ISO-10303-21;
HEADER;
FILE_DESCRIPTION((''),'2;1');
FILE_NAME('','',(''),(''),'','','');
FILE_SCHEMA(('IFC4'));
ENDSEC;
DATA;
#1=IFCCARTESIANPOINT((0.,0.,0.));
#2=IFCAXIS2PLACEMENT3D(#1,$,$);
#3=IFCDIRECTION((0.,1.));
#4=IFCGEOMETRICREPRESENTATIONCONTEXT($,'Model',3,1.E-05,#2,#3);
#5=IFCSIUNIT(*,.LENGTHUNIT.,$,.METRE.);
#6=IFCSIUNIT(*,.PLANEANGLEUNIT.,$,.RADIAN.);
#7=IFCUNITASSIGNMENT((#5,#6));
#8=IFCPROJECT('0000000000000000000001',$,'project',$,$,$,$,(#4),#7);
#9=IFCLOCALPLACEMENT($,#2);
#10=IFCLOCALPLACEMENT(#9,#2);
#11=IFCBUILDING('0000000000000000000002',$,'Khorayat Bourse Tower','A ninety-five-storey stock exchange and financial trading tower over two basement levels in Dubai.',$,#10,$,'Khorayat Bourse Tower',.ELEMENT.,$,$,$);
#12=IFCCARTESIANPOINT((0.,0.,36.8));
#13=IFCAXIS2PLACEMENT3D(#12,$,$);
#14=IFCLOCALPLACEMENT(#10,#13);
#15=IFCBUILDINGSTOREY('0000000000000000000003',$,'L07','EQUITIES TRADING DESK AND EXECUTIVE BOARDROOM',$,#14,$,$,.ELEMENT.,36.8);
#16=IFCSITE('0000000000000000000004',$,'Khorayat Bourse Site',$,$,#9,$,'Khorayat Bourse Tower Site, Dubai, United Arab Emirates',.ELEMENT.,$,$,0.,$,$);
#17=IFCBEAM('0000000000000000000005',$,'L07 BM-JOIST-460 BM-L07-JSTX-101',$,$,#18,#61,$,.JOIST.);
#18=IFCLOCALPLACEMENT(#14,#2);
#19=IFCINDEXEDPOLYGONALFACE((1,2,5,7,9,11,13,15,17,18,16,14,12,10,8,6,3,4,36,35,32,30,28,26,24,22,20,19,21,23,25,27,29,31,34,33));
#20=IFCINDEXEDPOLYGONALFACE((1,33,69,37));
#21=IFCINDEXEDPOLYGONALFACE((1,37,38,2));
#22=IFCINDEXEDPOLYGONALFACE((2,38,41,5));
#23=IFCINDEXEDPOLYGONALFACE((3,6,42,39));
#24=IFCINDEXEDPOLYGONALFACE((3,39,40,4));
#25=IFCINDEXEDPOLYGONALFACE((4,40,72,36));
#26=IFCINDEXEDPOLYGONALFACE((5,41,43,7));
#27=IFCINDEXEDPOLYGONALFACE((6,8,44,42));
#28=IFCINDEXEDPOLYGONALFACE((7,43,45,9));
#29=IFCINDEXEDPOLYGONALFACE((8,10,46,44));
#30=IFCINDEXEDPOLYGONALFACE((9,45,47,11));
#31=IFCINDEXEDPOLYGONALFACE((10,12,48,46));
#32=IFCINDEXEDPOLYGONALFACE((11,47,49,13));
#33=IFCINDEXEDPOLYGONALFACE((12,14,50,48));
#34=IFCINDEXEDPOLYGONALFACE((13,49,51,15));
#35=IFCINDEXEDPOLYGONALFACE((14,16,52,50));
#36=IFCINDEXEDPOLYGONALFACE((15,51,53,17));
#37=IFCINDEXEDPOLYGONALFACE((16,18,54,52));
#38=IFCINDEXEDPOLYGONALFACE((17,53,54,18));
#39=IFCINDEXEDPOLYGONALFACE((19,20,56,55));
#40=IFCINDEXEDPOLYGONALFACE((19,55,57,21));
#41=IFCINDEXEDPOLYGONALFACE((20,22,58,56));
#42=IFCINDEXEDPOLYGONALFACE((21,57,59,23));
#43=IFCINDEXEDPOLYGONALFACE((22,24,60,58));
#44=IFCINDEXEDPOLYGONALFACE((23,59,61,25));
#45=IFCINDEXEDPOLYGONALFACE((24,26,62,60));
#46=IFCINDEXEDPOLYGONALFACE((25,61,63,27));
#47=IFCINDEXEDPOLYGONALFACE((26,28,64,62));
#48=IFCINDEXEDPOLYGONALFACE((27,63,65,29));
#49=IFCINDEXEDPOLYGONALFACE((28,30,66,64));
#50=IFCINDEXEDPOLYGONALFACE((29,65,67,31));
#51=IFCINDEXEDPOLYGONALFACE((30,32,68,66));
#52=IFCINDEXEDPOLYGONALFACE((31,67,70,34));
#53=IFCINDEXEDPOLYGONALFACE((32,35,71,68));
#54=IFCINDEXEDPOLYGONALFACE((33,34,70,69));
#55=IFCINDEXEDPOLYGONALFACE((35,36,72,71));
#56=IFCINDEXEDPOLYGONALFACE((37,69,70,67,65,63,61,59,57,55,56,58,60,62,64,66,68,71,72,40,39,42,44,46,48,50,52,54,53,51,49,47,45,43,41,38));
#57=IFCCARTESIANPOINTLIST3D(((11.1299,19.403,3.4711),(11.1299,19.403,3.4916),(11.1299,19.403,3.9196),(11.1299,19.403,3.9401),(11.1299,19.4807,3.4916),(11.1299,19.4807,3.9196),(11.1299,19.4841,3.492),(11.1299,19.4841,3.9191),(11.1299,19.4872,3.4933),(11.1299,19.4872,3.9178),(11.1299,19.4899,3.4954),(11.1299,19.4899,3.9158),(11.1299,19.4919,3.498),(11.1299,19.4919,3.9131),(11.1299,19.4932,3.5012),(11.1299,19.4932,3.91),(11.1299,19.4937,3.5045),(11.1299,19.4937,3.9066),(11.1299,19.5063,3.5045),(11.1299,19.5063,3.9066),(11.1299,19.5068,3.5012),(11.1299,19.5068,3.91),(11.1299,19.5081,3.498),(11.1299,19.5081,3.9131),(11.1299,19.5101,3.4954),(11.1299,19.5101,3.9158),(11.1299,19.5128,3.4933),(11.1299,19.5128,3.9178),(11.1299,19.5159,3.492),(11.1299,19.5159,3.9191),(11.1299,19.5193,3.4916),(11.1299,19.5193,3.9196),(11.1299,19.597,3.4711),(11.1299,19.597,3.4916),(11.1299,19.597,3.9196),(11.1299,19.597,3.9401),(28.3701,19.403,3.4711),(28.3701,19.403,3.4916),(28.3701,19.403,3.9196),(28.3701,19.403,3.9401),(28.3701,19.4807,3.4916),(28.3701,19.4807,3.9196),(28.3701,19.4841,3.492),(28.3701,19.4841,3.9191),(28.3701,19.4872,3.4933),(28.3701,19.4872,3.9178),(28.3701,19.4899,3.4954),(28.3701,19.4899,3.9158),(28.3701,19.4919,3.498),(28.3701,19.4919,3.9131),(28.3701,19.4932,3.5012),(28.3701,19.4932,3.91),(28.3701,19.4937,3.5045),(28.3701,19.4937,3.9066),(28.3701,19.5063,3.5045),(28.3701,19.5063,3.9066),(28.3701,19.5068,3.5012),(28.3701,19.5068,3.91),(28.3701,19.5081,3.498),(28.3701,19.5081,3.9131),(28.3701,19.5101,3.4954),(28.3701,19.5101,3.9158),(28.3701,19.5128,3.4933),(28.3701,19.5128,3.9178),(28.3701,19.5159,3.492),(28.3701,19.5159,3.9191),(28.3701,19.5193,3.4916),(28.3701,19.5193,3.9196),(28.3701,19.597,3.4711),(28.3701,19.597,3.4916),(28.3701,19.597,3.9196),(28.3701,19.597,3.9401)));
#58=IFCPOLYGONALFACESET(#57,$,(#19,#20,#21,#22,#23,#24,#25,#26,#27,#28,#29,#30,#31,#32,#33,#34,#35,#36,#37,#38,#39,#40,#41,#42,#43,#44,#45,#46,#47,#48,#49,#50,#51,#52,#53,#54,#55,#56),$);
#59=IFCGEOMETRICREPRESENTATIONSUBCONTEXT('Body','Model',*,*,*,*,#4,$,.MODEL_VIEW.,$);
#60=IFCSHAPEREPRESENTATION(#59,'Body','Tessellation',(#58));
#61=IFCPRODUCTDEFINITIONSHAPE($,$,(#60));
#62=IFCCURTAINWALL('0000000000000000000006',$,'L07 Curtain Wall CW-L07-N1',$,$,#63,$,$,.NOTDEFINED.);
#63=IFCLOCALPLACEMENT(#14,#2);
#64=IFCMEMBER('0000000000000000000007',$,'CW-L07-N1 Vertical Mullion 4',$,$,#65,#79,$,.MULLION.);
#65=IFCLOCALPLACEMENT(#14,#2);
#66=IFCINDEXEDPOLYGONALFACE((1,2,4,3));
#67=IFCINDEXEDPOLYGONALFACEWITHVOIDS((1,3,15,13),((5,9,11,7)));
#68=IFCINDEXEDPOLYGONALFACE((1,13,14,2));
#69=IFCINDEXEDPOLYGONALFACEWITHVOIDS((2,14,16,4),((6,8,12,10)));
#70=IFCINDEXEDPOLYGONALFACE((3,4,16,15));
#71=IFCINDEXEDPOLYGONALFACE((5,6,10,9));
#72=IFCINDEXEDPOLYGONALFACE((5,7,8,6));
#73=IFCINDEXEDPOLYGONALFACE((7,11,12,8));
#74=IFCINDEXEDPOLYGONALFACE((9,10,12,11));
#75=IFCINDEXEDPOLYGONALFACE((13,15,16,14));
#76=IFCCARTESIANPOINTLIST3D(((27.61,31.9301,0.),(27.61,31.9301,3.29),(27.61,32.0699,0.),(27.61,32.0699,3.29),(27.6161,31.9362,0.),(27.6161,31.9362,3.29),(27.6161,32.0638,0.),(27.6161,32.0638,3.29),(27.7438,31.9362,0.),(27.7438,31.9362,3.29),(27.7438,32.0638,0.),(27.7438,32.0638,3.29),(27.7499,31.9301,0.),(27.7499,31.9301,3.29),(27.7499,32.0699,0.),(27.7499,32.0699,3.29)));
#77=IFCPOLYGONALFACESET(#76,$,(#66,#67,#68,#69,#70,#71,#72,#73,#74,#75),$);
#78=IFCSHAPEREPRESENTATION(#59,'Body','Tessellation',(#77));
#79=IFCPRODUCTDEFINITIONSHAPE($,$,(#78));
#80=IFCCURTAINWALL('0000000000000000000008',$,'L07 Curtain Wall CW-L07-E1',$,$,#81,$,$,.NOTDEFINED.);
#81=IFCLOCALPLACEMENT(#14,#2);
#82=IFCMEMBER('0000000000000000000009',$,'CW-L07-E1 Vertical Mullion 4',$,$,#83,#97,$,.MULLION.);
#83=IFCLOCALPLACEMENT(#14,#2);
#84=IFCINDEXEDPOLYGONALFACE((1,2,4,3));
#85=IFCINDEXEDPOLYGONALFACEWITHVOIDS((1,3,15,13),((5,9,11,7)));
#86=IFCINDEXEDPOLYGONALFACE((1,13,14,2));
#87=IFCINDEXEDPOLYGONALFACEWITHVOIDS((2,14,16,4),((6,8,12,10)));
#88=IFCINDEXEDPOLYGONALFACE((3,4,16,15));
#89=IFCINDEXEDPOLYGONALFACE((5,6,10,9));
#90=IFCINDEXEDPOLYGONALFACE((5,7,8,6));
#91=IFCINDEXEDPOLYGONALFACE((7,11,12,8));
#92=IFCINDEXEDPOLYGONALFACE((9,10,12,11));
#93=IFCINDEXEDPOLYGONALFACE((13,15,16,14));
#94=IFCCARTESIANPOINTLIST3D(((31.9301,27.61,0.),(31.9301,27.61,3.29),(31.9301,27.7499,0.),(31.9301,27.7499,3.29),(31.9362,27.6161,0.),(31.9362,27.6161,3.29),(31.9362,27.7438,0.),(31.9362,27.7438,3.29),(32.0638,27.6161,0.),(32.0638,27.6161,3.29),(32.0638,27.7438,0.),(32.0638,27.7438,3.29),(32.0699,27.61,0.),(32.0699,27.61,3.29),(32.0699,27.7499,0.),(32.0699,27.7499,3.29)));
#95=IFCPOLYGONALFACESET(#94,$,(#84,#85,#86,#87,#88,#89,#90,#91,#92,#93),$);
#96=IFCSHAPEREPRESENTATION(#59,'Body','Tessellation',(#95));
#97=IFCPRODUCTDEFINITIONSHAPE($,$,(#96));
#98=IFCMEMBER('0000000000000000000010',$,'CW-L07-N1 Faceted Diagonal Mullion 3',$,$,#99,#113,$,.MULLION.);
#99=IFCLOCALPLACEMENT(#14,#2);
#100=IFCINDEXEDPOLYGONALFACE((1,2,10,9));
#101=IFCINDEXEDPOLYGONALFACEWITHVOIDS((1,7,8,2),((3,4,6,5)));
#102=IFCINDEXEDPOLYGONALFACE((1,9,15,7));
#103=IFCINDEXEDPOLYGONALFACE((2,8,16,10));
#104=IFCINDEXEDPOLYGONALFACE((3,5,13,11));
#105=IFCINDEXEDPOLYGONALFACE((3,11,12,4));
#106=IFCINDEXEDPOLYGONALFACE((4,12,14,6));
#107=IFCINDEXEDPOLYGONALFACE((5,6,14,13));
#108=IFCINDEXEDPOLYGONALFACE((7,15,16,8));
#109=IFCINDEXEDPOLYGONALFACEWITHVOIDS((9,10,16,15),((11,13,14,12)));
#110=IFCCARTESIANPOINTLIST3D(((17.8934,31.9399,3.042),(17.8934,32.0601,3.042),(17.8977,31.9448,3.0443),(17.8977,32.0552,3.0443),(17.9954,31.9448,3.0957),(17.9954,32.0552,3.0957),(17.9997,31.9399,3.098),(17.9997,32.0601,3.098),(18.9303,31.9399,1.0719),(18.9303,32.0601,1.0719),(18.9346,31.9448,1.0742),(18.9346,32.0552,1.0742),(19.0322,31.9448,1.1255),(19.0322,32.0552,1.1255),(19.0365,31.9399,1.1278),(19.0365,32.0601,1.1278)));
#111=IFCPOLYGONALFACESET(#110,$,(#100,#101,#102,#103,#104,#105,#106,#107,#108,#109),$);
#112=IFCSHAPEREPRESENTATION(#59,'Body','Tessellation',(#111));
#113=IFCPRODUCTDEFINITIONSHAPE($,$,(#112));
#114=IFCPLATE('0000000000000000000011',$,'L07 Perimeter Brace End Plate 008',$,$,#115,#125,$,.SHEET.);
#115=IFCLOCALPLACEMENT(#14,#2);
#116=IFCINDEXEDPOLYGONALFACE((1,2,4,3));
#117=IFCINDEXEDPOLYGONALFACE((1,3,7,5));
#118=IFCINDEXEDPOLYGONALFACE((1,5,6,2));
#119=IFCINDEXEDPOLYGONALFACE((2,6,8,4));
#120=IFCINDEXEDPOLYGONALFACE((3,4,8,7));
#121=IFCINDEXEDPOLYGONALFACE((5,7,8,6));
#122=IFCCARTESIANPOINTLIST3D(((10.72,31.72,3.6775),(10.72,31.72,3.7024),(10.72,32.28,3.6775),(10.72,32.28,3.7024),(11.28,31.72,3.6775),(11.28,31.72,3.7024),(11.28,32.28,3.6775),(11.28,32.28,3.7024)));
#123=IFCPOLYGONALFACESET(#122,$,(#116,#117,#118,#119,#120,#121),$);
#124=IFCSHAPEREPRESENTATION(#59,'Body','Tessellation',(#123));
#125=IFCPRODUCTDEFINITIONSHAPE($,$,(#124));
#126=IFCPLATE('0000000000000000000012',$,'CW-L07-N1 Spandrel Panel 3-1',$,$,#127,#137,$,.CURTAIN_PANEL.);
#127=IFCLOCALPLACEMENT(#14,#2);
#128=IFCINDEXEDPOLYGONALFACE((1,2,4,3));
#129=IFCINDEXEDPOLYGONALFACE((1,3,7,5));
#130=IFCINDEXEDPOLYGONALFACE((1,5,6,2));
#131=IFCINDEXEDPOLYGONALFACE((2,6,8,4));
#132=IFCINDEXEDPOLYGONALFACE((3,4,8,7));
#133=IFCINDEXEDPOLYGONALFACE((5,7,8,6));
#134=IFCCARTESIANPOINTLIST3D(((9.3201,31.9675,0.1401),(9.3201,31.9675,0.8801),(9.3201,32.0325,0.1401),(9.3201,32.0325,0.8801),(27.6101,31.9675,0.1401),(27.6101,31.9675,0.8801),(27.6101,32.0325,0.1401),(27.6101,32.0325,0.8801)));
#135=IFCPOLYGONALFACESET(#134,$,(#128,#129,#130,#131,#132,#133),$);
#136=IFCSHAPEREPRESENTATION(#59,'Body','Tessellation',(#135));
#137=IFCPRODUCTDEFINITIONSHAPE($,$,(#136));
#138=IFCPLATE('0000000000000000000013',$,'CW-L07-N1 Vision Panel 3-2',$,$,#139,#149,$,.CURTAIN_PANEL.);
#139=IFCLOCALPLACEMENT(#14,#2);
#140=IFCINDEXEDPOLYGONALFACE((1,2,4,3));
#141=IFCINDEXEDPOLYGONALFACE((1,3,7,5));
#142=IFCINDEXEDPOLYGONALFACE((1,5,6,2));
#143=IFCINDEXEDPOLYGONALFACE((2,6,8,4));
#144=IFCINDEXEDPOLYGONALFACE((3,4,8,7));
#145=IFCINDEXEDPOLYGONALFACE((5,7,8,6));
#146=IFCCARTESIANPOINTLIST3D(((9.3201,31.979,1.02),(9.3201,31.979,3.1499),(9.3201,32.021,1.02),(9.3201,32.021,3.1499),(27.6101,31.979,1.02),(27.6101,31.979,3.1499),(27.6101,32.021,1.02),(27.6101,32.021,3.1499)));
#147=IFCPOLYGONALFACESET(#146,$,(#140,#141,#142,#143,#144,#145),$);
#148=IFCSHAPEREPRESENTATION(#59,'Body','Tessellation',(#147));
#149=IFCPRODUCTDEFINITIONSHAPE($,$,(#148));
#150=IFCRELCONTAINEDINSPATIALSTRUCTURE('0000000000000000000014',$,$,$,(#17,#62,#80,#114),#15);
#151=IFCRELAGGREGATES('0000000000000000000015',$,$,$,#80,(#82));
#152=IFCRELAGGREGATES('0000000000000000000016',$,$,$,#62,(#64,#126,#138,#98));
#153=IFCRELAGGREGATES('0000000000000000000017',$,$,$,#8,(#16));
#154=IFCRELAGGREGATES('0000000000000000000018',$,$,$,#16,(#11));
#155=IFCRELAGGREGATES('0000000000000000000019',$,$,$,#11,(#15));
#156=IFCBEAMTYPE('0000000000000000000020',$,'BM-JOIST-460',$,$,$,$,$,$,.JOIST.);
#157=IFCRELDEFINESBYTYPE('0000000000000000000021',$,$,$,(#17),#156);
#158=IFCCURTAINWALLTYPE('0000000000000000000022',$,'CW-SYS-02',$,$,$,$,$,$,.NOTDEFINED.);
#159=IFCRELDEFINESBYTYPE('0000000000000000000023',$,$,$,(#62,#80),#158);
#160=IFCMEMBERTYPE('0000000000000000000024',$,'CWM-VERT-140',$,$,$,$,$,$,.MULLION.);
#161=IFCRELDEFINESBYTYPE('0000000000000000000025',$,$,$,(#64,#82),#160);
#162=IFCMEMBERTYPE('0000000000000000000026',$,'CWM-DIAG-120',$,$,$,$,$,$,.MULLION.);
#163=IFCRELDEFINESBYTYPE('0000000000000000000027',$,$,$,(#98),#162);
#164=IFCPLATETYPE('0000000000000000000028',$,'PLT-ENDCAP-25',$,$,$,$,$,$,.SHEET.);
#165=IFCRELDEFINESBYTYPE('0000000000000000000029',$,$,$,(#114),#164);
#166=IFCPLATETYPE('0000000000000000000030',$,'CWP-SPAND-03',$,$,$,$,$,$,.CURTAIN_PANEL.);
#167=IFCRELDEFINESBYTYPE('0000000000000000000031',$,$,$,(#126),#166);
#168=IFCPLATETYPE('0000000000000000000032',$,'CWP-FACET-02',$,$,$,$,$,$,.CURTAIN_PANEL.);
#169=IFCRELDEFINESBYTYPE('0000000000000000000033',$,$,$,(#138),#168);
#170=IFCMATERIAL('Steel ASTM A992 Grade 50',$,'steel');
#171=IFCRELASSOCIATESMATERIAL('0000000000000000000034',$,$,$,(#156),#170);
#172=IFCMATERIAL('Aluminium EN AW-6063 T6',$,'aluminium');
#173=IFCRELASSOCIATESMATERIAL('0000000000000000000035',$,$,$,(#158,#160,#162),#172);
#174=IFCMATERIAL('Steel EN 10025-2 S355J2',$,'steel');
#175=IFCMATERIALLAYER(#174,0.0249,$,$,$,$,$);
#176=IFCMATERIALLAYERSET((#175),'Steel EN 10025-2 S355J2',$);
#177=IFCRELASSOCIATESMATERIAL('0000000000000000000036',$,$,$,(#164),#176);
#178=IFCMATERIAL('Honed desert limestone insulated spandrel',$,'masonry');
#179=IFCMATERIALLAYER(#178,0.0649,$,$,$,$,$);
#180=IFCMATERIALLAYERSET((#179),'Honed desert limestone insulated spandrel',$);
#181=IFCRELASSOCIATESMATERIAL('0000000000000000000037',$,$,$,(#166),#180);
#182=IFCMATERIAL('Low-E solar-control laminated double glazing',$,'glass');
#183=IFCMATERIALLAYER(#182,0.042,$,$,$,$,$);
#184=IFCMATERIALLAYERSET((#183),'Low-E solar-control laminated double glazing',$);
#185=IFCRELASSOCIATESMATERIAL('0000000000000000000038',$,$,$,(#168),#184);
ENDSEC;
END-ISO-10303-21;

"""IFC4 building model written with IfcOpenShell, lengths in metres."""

from ifc_helpers import new_model, si_unit, direction, frame, origin, origin_2d, place, context, subcontext, project, spatial, rectangle, hollow_rectangle, i_section, extrude, source, transform, mapped, material, layer, layer_set, material_profile, profile_set, type_object, element, aggregate, save


model = new_model("IFC4")

# Units and contexts
model_context = context("Model", 3, precision=1e-05, world=origin(), true_north=direction((0.0, 1.0)))
body_context = subcontext(model_context, "Body", "Model", "MODEL_VIEW")
ifc_project = project(units=[si_unit("LENGTHUNIT", "METRE"), si_unit("PLANEANGLEUNIT", "RADIAN")], contexts=[model_context])

# Site, building, storey
site_placement = place(None, origin())
site = spatial("IfcSite", under=ifc_project, at=site_placement, Name="Khorayat Bourse Site", LongName="Khorayat Bourse Tower Site, Dubai, United Arab Emirates", CompositionType="ELEMENT", RefElevation=0.0)
building_placement = place(site_placement, origin())
building = spatial("IfcBuilding", under=site, at=building_placement, Name="Khorayat Bourse Tower", Description="A ninety-five-storey stock exchange and financial trading tower over two basement levels in Dubai.", LongName="Khorayat Bourse Tower", CompositionType="ELEMENT")
storey_placement = place(building_placement, frame((0.0, 0.0, 36.8)))
storey = spatial("IfcBuildingStorey", under=building, at=storey_placement, Name="L07", Description="EQUITIES TRADING DESK AND EXECUTIVE BOARDROOM", CompositionType="ELEMENT", Elevation=36.8)

# Beam
ifc_material_1 = material(Name="Steel ASTM A992 Grade 50", Category="steel")
ifc_material_profile_1 = material_profile(ifc_material_1, i_section(OverallWidth=0.1941, OverallDepth=0.469, WebThickness=0.0127, FlangeThickness=0.0205, FilletRadius=0.0129, at=origin_2d()), Name="W460X106")
ifc_profile_set_1 = profile_set([ifc_material_profile_1], Name="Steel ASTM A992 Grade 50")
beam_type_1 = type_object("IfcBeamType", Name="BM-JOIST-460", PredefinedType="JOIST", material=ifc_profile_set_1)
shared_shape_1 = source(origin(), body_context, "Body", "SweptSolid", [
    extrude(i_section(OverallWidth=0.1941, OverallDepth=0.469, WebThickness=0.0127, FlangeThickness=0.0205, FilletRadius=0.0129, at=origin_2d()), origin(), (0.0, 0.0, 1.0), 17.2402),
])
beam_1_placement = place(storey_placement, frame((11.1299, 19.5, 3.7056), z_axis=(1.0, 0.0, 0.0), x_axis=(0.0, 1.0, 0.0)))
element("IfcBeam", 1, at=beam_1_placement, inside=storey, type_object=beam_type_1, Name="L07 BM-JOIST-460 BM-L07-JSTX-101", PredefinedType="JOIST", context=body_context, shape_type="MappedRepresentation", body=[
    mapped(shared_shape_1, transform((0.0, 0.0, 0.0), scale=1.0)),
])

# Curtain walls, members
ifc_material_2 = material(Name="Aluminium EN AW-6063 T6", Category="aluminium")
curtain_wall_type = type_object("IfcCurtainWallType", Name="CW-SYS-02", PredefinedType="NOTDEFINED", material=ifc_material_2)
curtain_wall_1_placement = place(storey_placement, origin())
curtain_wall_1 = element("IfcCurtainWall", 2, at=curtain_wall_1_placement, inside=storey, type_object=curtain_wall_type, Name="L07 Curtain Wall CW-L07-N1", PredefinedType="NOTDEFINED")
ifc_material_profile_2 = material_profile(ifc_material_2, hollow_rectangle(XDim=0.1399, YDim=0.1399, WallThickness=0.0061, at=origin_2d()), Name="ALU 140x140x6")
ifc_profile_set_2 = profile_set([ifc_material_profile_2], Name="Aluminium EN AW-6063 T6")
member_type_1 = type_object("IfcMemberType", Name="CWM-VERT-140", PredefinedType="MULLION", material=ifc_profile_set_2)
shared_shape_2 = source(origin(), body_context, "Body", "SweptSolid", [
    extrude(hollow_rectangle(XDim=0.1399, YDim=0.1399, WallThickness=0.0061, at=origin_2d()), origin(), (0.0, 0.0, 1.0), 3.29),
])
member_1_placement = place(storey_placement, frame((27.6799, 32.0, 0.0), z_axis=(0.0, 0.0, 1.0), x_axis=(0.0, 1.0, 0.0)))
member_1 = element("IfcMember", 3, at=member_1_placement, type_object=member_type_1, Name="CW-L07-N1 Vertical Mullion 4", PredefinedType="MULLION", context=body_context, shape_type="MappedRepresentation", body=[
    mapped(shared_shape_2, transform((0.0, 0.0, 0.0), scale=1.0)),
])
curtain_wall_2_placement = place(storey_placement, origin())
curtain_wall_2 = element("IfcCurtainWall", 4, at=curtain_wall_2_placement, inside=storey, type_object=curtain_wall_type, Name="L07 Curtain Wall CW-L07-E1", PredefinedType="NOTDEFINED")
member_2_placement = place(storey_placement, frame((32.0, 27.6799, 0.0), z_axis=(0.0, 0.0, 1.0), x_axis=(-1.0, 0.0, 0.0)))
member_2 = element("IfcMember", 5, at=member_2_placement, type_object=member_type_1, Name="CW-L07-E1 Vertical Mullion 4", PredefinedType="MULLION", context=body_context, shape_type="MappedRepresentation", body=[
    mapped(shared_shape_2, transform((0.0, 0.0, 0.0), scale=1.0)),
])
aggregate(curtain_wall_2, [member_2])

# Member
ifc_material_profile_3 = material_profile(ifc_material_2, hollow_rectangle(XDim=0.1201, YDim=0.1201, WallThickness=0.0049, at=origin_2d()), Name="ALU 120x120x5")
ifc_profile_set_3 = profile_set([ifc_material_profile_3], Name="Aluminium EN AW-6063 T6")
member_type_2 = type_object("IfcMemberType", Name="CWM-DIAG-120", PredefinedType="MULLION", material=ifc_profile_set_3)
shared_shape_3 = source(origin(), body_context, "Body", "SweptSolid", [
    extrude(hollow_rectangle(XDim=0.1201, YDim=0.1201, WallThickness=0.0049, at=origin_2d()), origin(), (0.0, 0.0, 1.0), 2.2263),
])
member_3_placement = place(storey_placement, frame((18.9834, 32.0, 1.0999), z_axis=(-0.465715, 0.0, 0.884935), x_axis=(0.0, -1.0, 0.0)))
member_3 = element("IfcMember", 6, at=member_3_placement, type_object=member_type_2, Name="CW-L07-N1 Faceted Diagonal Mullion 3", PredefinedType="MULLION", context=body_context, shape_type="MappedRepresentation", body=[
    mapped(shared_shape_3, transform((0.0, 0.0, 0.0), scale=1.0)),
])

# Plates
ifc_material_3 = material(Name="Steel EN 10025-2 S355J2", Category="steel")
ifc_layer_1 = layer(ifc_material_3, 0.0249)
ifc_layer_set_1 = layer_set([ifc_layer_1], Name="Steel EN 10025-2 S355J2")
plate_type_1 = type_object("IfcPlateType", Name="PLT-ENDCAP-25", PredefinedType="SHEET", material=ifc_layer_set_1)
shared_shape_4 = source(origin(), body_context, "Body", "SweptSolid", [
    extrude(rectangle(XDim=0.5601, YDim=0.5601, at=origin_2d()), origin(), (0.0, 0.0, 1.0), 0.0249),
])
plate_1_placement = place(storey_placement, frame((11.0, 32.0, 3.6775), z_axis=(0.0, 0.0, 1.0), x_axis=(1.0, 0.0, 0.0)))
element("IfcPlate", 7, at=plate_1_placement, inside=storey, type_object=plate_type_1, Name="L07 Perimeter Brace End Plate 008", PredefinedType="SHEET", context=body_context, shape_type="MappedRepresentation", body=[
    mapped(shared_shape_4, transform((0.0, 0.0, 0.0), scale=1.0)),
])
ifc_material_4 = material(Name="Honed desert limestone insulated spandrel", Category="masonry")
ifc_layer_2 = layer(ifc_material_4, 0.0649)
ifc_layer_set_2 = layer_set([ifc_layer_2], Name="Honed desert limestone insulated spandrel")
plate_type_2 = type_object("IfcPlateType", Name="CWP-SPAND-03", PredefinedType="CURTAIN_PANEL", material=ifc_layer_set_2)
shared_shape_5 = source(origin(), body_context, "Body", "SweptSolid", [
    extrude(rectangle(XDim=18.29, YDim=0.0649, at=origin_2d()), origin(), (0.0, 0.0, 1.0), 0.74),
])
plate_2_placement = place(storey_placement, frame((18.4651, 32.0, 0.1401), z_axis=(0.0, 0.0, 1.0), x_axis=(1.0, 0.0, 0.0)))
plate_2 = element("IfcPlate", 8, at=plate_2_placement, type_object=plate_type_2, Name="CW-L07-N1 Spandrel Panel 3-1", PredefinedType="CURTAIN_PANEL", context=body_context, shape_type="MappedRepresentation", body=[
    mapped(shared_shape_5, transform((0.0, 0.0, 0.0), scale=1.0)),
])
ifc_material_5 = material(Name="Low-E solar-control laminated double glazing", Category="glass")
ifc_layer_3 = layer(ifc_material_5, 0.042)
ifc_layer_set_3 = layer_set([ifc_layer_3], Name="Low-E solar-control laminated double glazing")
plate_type_3 = type_object("IfcPlateType", Name="CWP-FACET-02", PredefinedType="CURTAIN_PANEL", material=ifc_layer_set_3)
shared_shape_6 = source(origin(), body_context, "Body", "SweptSolid", [
    extrude(rectangle(XDim=18.29, YDim=0.042, at=origin_2d()), origin(), (0.0, 0.0, 1.0), 2.1299),
])
plate_3_placement = place(storey_placement, frame((18.4651, 32.0, 1.02), z_axis=(0.0, 0.0, 1.0), x_axis=(1.0, 0.0, 0.0)))
plate_3 = element("IfcPlate", 9, at=plate_3_placement, type_object=plate_type_3, Name="CW-L07-N1 Vision Panel 3-2", PredefinedType="CURTAIN_PANEL", context=body_context, shape_type="MappedRepresentation", body=[
    mapped(shared_shape_6, transform((0.0, 0.0, 0.0), scale=1.0)),
])
aggregate(curtain_wall_1, [member_1, plate_2, plate_3, member_3])

save(model, "model.ifc")
